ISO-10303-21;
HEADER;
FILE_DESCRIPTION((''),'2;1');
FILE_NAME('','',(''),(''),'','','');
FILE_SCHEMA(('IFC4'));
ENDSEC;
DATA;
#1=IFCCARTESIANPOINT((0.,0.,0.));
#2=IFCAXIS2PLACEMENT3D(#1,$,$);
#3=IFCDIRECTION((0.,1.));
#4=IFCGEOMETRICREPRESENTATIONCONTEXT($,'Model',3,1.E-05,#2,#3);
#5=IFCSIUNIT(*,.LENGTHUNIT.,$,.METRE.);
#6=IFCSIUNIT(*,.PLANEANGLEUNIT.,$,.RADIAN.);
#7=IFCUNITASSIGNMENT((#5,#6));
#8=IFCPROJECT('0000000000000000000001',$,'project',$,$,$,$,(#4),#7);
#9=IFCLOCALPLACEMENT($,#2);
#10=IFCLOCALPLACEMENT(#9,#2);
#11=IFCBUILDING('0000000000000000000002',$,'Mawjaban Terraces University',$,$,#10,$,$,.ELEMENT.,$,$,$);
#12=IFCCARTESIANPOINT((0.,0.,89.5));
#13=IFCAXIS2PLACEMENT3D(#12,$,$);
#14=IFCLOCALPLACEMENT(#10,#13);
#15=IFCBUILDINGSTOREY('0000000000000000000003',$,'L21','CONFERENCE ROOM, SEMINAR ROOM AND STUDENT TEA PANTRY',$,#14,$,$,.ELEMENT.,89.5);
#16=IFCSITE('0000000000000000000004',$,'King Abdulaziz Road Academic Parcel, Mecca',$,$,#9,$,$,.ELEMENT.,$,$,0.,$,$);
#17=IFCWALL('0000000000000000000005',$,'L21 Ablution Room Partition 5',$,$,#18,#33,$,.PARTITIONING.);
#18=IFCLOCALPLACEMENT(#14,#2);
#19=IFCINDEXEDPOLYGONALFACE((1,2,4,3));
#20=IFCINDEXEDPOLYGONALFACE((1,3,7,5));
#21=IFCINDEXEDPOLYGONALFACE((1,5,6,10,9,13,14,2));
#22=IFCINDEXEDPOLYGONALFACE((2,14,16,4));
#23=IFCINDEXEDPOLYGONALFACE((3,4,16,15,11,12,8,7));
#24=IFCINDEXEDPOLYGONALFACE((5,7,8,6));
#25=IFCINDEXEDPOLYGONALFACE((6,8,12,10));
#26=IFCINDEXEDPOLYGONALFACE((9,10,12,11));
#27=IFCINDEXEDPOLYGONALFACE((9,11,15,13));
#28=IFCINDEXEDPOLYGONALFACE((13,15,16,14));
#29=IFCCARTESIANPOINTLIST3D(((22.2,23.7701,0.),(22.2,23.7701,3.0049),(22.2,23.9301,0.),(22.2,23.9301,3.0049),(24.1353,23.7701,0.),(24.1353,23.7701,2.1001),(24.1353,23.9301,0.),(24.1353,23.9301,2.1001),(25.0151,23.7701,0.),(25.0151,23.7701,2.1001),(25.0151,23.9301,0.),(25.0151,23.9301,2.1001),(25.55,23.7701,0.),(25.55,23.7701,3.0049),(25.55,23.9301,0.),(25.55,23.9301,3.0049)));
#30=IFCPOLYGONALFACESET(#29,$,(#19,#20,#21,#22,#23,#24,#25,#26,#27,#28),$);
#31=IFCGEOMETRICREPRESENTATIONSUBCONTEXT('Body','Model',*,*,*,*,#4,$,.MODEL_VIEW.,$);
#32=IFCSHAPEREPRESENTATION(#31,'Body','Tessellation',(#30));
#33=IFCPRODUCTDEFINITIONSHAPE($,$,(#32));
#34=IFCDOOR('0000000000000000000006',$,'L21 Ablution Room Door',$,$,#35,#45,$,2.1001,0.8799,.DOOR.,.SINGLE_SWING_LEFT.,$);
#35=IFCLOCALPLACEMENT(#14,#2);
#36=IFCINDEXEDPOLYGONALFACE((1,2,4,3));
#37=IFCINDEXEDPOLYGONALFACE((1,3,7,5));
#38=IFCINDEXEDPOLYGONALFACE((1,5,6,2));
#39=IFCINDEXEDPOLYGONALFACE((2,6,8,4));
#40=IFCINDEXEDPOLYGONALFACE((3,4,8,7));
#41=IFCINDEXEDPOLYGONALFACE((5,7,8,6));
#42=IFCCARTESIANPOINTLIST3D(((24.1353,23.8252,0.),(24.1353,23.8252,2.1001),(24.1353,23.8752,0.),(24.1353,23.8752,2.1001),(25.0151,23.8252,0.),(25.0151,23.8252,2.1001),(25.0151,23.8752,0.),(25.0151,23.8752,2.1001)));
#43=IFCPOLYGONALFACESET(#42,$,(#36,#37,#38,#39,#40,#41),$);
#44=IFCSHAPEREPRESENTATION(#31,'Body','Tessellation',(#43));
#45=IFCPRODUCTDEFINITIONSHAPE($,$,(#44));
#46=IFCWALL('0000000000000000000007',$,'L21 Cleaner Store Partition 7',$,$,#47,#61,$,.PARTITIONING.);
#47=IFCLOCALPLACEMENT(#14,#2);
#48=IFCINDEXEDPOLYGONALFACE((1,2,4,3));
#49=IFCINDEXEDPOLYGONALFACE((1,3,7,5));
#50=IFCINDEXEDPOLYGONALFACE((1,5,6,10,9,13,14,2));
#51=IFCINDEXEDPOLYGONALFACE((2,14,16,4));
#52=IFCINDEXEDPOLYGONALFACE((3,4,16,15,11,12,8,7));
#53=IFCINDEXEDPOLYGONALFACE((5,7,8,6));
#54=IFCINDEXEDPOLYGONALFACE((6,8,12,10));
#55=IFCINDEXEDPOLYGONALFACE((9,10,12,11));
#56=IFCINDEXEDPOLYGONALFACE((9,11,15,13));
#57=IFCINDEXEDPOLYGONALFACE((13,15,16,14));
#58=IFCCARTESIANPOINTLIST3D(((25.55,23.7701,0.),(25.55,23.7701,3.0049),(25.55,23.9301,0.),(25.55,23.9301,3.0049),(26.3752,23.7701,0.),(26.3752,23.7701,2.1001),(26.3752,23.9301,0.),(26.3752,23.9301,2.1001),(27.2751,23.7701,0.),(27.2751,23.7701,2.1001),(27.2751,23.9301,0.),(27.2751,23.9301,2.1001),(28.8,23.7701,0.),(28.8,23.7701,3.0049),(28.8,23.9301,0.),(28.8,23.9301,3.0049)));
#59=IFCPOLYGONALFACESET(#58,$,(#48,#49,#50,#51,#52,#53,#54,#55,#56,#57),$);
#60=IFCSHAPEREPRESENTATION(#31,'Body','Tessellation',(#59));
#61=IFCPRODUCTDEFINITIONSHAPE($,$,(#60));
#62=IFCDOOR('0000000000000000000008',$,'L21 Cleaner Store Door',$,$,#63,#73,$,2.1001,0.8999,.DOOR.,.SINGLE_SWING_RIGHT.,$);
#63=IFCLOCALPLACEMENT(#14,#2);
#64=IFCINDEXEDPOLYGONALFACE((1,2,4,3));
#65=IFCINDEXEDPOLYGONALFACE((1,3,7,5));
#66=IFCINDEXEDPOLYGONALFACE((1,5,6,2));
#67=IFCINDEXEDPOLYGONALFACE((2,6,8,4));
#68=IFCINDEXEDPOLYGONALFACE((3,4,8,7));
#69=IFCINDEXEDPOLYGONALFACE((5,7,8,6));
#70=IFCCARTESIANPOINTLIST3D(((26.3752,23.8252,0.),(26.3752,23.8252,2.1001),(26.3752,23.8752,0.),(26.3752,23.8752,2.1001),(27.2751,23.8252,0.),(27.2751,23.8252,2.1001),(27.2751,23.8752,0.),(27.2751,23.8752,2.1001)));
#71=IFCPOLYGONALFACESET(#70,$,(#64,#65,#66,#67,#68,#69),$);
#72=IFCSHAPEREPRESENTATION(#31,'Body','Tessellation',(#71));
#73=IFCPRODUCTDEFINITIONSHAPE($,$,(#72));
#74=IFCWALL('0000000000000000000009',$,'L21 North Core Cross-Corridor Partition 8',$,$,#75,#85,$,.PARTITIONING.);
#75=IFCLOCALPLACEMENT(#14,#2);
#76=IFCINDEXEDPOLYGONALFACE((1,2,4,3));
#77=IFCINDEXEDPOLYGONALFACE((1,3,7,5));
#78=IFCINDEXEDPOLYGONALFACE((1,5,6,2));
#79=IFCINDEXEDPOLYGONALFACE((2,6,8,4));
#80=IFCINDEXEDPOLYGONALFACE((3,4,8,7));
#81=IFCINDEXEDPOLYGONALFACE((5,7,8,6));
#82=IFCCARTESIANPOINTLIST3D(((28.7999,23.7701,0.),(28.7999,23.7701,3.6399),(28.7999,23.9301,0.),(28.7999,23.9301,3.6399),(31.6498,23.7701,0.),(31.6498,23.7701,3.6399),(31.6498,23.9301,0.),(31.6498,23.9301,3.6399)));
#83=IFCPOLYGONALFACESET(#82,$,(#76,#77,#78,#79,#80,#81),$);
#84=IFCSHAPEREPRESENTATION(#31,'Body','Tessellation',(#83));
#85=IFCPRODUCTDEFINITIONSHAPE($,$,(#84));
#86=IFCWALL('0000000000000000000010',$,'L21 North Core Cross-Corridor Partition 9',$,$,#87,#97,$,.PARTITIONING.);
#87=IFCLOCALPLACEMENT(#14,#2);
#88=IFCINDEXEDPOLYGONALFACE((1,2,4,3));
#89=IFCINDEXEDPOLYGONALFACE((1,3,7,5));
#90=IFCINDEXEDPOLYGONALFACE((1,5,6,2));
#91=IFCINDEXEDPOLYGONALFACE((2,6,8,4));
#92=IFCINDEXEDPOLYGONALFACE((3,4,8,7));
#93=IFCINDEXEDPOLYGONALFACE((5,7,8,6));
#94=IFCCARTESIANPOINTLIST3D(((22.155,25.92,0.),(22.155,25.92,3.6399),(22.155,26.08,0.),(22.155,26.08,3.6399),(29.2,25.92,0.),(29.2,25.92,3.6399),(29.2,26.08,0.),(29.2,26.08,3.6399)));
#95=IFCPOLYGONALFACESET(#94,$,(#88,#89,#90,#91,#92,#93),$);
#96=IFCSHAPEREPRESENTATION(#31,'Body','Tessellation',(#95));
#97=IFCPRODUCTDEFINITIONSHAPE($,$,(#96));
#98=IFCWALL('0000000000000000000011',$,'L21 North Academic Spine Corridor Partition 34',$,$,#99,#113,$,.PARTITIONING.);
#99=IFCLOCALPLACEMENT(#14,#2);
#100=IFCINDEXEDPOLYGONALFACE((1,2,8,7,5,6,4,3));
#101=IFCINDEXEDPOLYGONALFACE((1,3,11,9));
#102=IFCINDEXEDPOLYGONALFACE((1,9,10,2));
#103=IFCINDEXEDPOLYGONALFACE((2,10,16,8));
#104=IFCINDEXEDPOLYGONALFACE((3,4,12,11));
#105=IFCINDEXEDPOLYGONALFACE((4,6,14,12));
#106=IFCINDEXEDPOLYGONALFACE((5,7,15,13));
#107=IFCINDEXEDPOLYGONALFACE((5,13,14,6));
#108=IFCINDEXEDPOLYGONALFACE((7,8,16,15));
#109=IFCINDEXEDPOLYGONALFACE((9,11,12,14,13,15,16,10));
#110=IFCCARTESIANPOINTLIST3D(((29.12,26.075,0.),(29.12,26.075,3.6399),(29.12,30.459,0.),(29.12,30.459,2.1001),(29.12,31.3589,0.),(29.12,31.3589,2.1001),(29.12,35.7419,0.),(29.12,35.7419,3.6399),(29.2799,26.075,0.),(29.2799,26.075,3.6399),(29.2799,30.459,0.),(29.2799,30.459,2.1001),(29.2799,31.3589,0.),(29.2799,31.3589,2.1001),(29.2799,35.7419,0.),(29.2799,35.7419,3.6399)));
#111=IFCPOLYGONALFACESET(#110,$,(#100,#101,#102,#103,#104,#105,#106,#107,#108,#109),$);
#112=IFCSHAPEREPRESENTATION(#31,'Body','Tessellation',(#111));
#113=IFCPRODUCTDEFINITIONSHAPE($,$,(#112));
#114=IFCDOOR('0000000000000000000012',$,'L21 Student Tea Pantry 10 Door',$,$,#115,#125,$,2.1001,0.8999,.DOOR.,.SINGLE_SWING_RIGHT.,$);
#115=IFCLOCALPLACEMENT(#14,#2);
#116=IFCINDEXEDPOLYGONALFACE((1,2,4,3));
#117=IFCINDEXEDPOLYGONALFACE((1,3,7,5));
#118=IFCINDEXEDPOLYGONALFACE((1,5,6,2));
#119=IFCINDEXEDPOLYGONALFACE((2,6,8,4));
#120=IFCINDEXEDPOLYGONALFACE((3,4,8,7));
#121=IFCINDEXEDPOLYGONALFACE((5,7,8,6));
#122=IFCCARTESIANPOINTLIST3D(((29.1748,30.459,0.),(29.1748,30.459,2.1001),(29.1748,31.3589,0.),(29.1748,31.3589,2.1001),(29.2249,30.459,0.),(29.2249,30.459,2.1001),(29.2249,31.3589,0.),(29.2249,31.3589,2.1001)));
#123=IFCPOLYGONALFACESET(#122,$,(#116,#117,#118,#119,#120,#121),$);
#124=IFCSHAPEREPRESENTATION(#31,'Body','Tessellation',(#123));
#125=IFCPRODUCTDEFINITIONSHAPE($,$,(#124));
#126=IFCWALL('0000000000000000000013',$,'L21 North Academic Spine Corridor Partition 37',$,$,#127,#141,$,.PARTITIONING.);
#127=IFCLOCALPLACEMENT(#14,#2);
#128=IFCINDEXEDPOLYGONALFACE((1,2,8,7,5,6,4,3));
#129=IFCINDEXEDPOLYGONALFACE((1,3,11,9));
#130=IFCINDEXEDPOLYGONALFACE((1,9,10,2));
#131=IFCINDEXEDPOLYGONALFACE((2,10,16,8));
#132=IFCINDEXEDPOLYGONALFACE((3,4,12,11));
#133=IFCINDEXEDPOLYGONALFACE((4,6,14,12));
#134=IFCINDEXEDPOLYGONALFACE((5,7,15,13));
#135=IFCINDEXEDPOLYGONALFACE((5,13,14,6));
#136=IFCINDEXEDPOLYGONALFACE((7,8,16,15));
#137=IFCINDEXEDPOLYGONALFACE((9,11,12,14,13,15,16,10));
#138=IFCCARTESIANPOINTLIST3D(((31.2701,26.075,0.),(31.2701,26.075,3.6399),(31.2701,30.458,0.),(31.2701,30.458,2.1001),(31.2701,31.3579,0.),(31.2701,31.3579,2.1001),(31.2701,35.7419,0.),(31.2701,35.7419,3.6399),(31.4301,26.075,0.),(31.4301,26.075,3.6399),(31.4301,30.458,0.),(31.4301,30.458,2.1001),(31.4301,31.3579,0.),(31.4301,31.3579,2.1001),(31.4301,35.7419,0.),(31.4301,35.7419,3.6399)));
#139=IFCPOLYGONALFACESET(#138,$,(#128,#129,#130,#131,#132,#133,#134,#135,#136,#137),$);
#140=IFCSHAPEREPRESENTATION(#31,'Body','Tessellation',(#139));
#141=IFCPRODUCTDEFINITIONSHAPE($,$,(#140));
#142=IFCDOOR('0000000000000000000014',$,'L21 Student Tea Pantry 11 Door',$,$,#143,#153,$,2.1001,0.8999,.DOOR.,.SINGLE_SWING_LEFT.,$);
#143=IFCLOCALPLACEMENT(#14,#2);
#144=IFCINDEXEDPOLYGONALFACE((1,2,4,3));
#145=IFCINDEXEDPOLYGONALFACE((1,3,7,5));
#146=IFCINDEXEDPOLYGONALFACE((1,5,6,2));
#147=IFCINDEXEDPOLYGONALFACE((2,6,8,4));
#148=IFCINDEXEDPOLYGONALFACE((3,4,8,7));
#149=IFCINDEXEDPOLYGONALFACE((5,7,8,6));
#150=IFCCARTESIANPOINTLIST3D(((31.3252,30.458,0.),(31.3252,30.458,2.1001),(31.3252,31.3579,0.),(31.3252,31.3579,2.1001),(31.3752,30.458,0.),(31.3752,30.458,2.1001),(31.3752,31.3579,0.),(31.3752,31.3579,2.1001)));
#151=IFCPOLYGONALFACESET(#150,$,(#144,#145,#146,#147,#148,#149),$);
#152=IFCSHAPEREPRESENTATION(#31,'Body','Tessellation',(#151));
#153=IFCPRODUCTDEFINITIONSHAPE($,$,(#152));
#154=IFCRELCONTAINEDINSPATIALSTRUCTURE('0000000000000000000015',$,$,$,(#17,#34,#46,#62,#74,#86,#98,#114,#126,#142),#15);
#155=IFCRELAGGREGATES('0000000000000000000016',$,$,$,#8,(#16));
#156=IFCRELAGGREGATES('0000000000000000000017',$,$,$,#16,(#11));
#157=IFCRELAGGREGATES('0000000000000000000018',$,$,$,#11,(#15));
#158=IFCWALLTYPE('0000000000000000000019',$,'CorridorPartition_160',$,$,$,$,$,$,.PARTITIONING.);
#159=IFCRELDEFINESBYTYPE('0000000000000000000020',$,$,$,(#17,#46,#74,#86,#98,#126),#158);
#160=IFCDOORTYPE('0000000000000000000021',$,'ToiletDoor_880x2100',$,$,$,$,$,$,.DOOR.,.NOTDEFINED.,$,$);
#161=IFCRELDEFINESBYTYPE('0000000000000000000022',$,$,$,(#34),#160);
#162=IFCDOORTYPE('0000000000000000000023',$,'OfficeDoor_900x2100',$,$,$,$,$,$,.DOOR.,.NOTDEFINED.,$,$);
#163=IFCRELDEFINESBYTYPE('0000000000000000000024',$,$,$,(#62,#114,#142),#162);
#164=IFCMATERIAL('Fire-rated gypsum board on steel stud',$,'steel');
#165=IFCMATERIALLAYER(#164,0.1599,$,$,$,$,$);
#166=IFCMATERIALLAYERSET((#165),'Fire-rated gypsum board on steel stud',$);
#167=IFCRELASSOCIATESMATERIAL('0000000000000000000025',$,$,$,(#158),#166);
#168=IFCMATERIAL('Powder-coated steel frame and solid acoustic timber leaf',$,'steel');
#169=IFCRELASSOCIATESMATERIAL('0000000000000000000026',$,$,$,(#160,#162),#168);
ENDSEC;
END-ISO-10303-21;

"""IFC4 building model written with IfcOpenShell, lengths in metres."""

from ifc_helpers import new_model, si_unit, direction, frame, frame_2d, origin, place, context, subcontext, project, spatial, rectangle, extrude, material, layer, layer_set, type_object, element, fill, save


model = new_model("IFC4")

# Units and contexts
model_context = context("Model", 3, precision=1e-05, world=origin(), true_north=direction((0.0, 1.0)))
body_context = subcontext(model_context, "Body", "Model", "MODEL_VIEW")
ifc_project = project(units=[si_unit("LENGTHUNIT", "METRE"), si_unit("PLANEANGLEUNIT", "RADIAN")], contexts=[model_context])

# Site, building, storey
site_placement = place(None, origin())
site = spatial("IfcSite", under=ifc_project, at=site_placement, Name="King Abdulaziz Road Academic Parcel, Mecca", CompositionType="ELEMENT", RefElevation=0.0)
building_placement = place(site_placement, origin())
building = spatial("IfcBuilding", under=site, at=building_placement, Name="Mawjaban Terraces University", CompositionType="ELEMENT")
storey_placement = place(building_placement, frame((0.0, 0.0, 89.5)))
storey = spatial("IfcBuildingStorey", under=building, at=storey_placement, Name="L21", Description="CONFERENCE ROOM, SEMINAR ROOM AND STUDENT TEA PANTRY", CompositionType="ELEMENT", Elevation=89.5)

# Walls, openings, doors
ifc_material_1 = material(Name="Fire-rated gypsum board on steel stud", Category="steel")
ifc_layer_1 = layer(ifc_material_1, 0.1599)
ifc_layer_set_1 = layer_set([ifc_layer_1], Name="Fire-rated gypsum board on steel stud")
wall_type_1 = type_object("IfcWallType", Name="CorridorPartition_160", PredefinedType="PARTITIONING", material=ifc_layer_set_1)
wall_1_placement = place(storey_placement, frame((25.55, 23.8501, 0.0), z_axis=(0.0, 0.0, 1.0), x_axis=(-1.0, 0.0, 0.0)))
wall_1 = element("IfcWall", 1, at=wall_1_placement, inside=storey, type_object=wall_type_1, Name="L21 Ablution Room Partition 5", PredefinedType="PARTITIONING", context=body_context, shape_type="SweptSolid", body=[
    extrude(rectangle(XDim=3.3501, YDim=0.1599, at=frame_2d((1.675, 0.0))), origin(), (0.0, 0.0, 1.0), 3.0049),
])
opening_1_placement = place(wall_1_placement, frame((0.5349, 0.0, 0.0)))
opening_1 = element("IfcOpeningElement", 2, at=opening_1_placement, cuts=wall_1, PredefinedType="OPENING", context=body_context, shape_type="SweptSolid", body=[
    extrude(rectangle(XDim=0.8799, YDim=2.1001, at=frame_2d((0.4399, 1.05))), frame((0.0, 0.0898, 0.0), z_axis=(0.0, -1.0, 0.0), x_axis=(1.0, 0.0, 0.0)), (0.0, 0.0, 1.0), 0.1799),
])
ifc_material_2 = material(Name="Powder-coated steel frame and solid acoustic timber leaf", Category="steel")
door_type_1 = type_object("IfcDoorType", Name="ToiletDoor_880x2100", OperationType="NOTDEFINED", PredefinedType="DOOR", material=ifc_material_2)
door_1_placement = place(opening_1_placement, origin())
door_1 = element("IfcDoor", 3, at=door_1_placement, inside=storey, type_object=door_type_1, Name="L21 Ablution Room Door", OperationType="SINGLE_SWING_LEFT", OverallHeight=2.1001, OverallWidth=0.8799, PredefinedType="DOOR", context=body_context, shape_type="SweptSolid", body=[
    extrude(rectangle(XDim=0.8799, YDim=2.1001, at=frame_2d((0.4399, 1.05))), frame((0.0, 0.0249, 0.0), z_axis=(0.0, -1.0, 0.0), x_axis=(1.0, 0.0, 0.0)), (0.0, 0.0, 1.0), 0.05),
])
fill(opening_1, door_1)
wall_2_placement = place(storey_placement, frame((28.8, 23.8501, 0.0), z_axis=(0.0, 0.0, 1.0), x_axis=(-1.0, 0.0, 0.0)))
wall_2 = element("IfcWall", 4, at=wall_2_placement, inside=storey, type_object=wall_type_1, Name="L21 Cleaner Store Partition 7", PredefinedType="PARTITIONING", context=body_context, shape_type="SweptSolid", body=[
    extrude(rectangle(XDim=3.25, YDim=0.1599, at=frame_2d((1.625, 0.0))), origin(), (0.0, 0.0, 1.0), 3.0049),
])
opening_2_placement = place(wall_2_placement, frame((1.5249, 0.0, 0.0)))
opening_2 = element("IfcOpeningElement", 5, at=opening_2_placement, cuts=wall_2, PredefinedType="OPENING", context=body_context, shape_type="SweptSolid", body=[
    extrude(rectangle(XDim=0.8999, YDim=2.1001, at=frame_2d((0.45, 1.05))), frame((0.0, 0.0898, 0.0), z_axis=(0.0, -1.0, 0.0), x_axis=(1.0, 0.0, 0.0)), (0.0, 0.0, 1.0), 0.1799),
])
door_type_2 = type_object("IfcDoorType", Name="OfficeDoor_900x2100", OperationType="NOTDEFINED", PredefinedType="DOOR", material=ifc_material_2)
door_2_placement = place(opening_2_placement, origin())
door_2 = element("IfcDoor", 6, at=door_2_placement, inside=storey, type_object=door_type_2, Name="L21 Cleaner Store Door", OperationType="SINGLE_SWING_RIGHT", OverallHeight=2.1001, OverallWidth=0.8999, PredefinedType="DOOR", context=body_context, shape_type="SweptSolid", body=[
    extrude(rectangle(XDim=0.8999, YDim=2.1001, at=frame_2d((0.45, 1.05))), frame((0.0, 0.0249, 0.0), z_axis=(0.0, -1.0, 0.0), x_axis=(1.0, 0.0, 0.0)), (0.0, 0.0, 1.0), 0.05),
])
fill(opening_2, door_2)

# Walls
wall_3_placement = place(storey_placement, frame((28.8, 23.8501, 0.0), z_axis=(0.0, 0.0, 1.0), x_axis=(1.0, 0.0, 0.0)))
element("IfcWall", 7, at=wall_3_placement, inside=storey, type_object=wall_type_1, Name="L21 North Core Cross-Corridor Partition 8", PredefinedType="PARTITIONING", context=body_context, shape_type="SweptSolid", body=[
    extrude(rectangle(XDim=2.8499, YDim=0.1599, at=frame_2d((1.4248, 0.0))), origin(), (0.0, 0.0, 1.0), 3.6399),
])
wall_4_placement = place(storey_placement, frame((29.2, 26.0, 0.0), z_axis=(0.0, 0.0, 1.0), x_axis=(-1.0, 0.0, 0.0)))
element("IfcWall", 8, at=wall_4_placement, inside=storey, type_object=wall_type_1, Name="L21 North Core Cross-Corridor Partition 9", PredefinedType="PARTITIONING", context=body_context, shape_type="SweptSolid", body=[
    extrude(rectangle(XDim=7.0449, YDim=0.1599, at=frame_2d((3.5225, 0.0))), origin(), (0.0, 0.0, 1.0), 3.6399),
])

# Walls, openings, doors
wall_5_placement = place(storey_placement, frame((29.2, 35.7419, 0.0), z_axis=(0.0, 0.0, 1.0), x_axis=(0.0, -1.0, 0.0)))
wall_5 = element("IfcWall", 9, at=wall_5_placement, inside=storey, type_object=wall_type_1, Name="L21 North Academic Spine Corridor Partition 34", PredefinedType="PARTITIONING", context=body_context, shape_type="SweptSolid", body=[
    extrude(rectangle(XDim=9.667, YDim=0.1599, at=frame_2d((4.8335, 0.0))), origin(), (0.0, 0.0, 1.0), 3.6399),
])
opening_3_placement = place(wall_5_placement, frame((4.3831, 0.0, 0.0)))
opening_3 = element("IfcOpeningElement", 10, at=opening_3_placement, cuts=wall_5, PredefinedType="OPENING", context=body_context, shape_type="SweptSolid", body=[
    extrude(rectangle(XDim=0.8999, YDim=2.1001, at=frame_2d((0.45, 1.05))), frame((0.0, 0.0898, 0.0), z_axis=(0.0, -1.0, 0.0), x_axis=(1.0, 0.0, 0.0)), (0.0, 0.0, 1.0), 0.1799),
])
door_3_placement = place(opening_3_placement, origin())
door_3 = element("IfcDoor", 11, at=door_3_placement, inside=storey, type_object=door_type_2, Name="L21 Student Tea Pantry 10 Door", OperationType="SINGLE_SWING_RIGHT", OverallHeight=2.1001, OverallWidth=0.8999, PredefinedType="DOOR", context=body_context, shape_type="SweptSolid", body=[
    extrude(rectangle(XDim=0.8999, YDim=2.1001, at=frame_2d((0.45, 1.05))), frame((0.0, 0.0249, 0.0), z_axis=(0.0, -1.0, 0.0), x_axis=(1.0, 0.0, 0.0)), (0.0, 0.0, 1.0), 0.05),
])
fill(opening_3, door_3)
wall_6_placement = place(storey_placement, frame((31.3501, 26.075, 0.0), z_axis=(0.0, 0.0, 1.0), x_axis=(0.0, 1.0, 0.0)))
wall_6 = element("IfcWall", 12, at=wall_6_placement, inside=storey, type_object=wall_type_1, Name="L21 North Academic Spine Corridor Partition 37", PredefinedType="PARTITIONING", context=body_context, shape_type="SweptSolid", body=[
    extrude(rectangle(XDim=9.667, YDim=0.1599, at=frame_2d((4.8335, 0.0))), origin(), (0.0, 0.0, 1.0), 3.6399),
])
opening_4_placement = place(wall_6_placement, frame((4.3831, 0.0, 0.0)))
opening_4 = element("IfcOpeningElement", 13, at=opening_4_placement, cuts=wall_6, PredefinedType="OPENING", context=body_context, shape_type="SweptSolid", body=[
    extrude(rectangle(XDim=0.8999, YDim=2.1001, at=frame_2d((0.45, 1.05))), frame((0.0, 0.0898, 0.0), z_axis=(0.0, -1.0, 0.0), x_axis=(1.0, 0.0, 0.0)), (0.0, 0.0, 1.0), 0.1799),
])
door_4_placement = place(opening_4_placement, origin())
door_4 = element("IfcDoor", 14, at=door_4_placement, inside=storey, type_object=door_type_2, Name="L21 Student Tea Pantry 11 Door", OperationType="SINGLE_SWING_LEFT", OverallHeight=2.1001, OverallWidth=0.8999, PredefinedType="DOOR", context=body_context, shape_type="SweptSolid", body=[
    extrude(rectangle(XDim=0.8999, YDim=2.1001, at=frame_2d((0.45, 1.05))), frame((0.0, 0.0249, 0.0), z_axis=(0.0, -1.0, 0.0), x_axis=(1.0, 0.0, 0.0)), (0.0, 0.0, 1.0), 0.05),
])
fill(opening_4, door_4)

save(model, "model.ifc")
